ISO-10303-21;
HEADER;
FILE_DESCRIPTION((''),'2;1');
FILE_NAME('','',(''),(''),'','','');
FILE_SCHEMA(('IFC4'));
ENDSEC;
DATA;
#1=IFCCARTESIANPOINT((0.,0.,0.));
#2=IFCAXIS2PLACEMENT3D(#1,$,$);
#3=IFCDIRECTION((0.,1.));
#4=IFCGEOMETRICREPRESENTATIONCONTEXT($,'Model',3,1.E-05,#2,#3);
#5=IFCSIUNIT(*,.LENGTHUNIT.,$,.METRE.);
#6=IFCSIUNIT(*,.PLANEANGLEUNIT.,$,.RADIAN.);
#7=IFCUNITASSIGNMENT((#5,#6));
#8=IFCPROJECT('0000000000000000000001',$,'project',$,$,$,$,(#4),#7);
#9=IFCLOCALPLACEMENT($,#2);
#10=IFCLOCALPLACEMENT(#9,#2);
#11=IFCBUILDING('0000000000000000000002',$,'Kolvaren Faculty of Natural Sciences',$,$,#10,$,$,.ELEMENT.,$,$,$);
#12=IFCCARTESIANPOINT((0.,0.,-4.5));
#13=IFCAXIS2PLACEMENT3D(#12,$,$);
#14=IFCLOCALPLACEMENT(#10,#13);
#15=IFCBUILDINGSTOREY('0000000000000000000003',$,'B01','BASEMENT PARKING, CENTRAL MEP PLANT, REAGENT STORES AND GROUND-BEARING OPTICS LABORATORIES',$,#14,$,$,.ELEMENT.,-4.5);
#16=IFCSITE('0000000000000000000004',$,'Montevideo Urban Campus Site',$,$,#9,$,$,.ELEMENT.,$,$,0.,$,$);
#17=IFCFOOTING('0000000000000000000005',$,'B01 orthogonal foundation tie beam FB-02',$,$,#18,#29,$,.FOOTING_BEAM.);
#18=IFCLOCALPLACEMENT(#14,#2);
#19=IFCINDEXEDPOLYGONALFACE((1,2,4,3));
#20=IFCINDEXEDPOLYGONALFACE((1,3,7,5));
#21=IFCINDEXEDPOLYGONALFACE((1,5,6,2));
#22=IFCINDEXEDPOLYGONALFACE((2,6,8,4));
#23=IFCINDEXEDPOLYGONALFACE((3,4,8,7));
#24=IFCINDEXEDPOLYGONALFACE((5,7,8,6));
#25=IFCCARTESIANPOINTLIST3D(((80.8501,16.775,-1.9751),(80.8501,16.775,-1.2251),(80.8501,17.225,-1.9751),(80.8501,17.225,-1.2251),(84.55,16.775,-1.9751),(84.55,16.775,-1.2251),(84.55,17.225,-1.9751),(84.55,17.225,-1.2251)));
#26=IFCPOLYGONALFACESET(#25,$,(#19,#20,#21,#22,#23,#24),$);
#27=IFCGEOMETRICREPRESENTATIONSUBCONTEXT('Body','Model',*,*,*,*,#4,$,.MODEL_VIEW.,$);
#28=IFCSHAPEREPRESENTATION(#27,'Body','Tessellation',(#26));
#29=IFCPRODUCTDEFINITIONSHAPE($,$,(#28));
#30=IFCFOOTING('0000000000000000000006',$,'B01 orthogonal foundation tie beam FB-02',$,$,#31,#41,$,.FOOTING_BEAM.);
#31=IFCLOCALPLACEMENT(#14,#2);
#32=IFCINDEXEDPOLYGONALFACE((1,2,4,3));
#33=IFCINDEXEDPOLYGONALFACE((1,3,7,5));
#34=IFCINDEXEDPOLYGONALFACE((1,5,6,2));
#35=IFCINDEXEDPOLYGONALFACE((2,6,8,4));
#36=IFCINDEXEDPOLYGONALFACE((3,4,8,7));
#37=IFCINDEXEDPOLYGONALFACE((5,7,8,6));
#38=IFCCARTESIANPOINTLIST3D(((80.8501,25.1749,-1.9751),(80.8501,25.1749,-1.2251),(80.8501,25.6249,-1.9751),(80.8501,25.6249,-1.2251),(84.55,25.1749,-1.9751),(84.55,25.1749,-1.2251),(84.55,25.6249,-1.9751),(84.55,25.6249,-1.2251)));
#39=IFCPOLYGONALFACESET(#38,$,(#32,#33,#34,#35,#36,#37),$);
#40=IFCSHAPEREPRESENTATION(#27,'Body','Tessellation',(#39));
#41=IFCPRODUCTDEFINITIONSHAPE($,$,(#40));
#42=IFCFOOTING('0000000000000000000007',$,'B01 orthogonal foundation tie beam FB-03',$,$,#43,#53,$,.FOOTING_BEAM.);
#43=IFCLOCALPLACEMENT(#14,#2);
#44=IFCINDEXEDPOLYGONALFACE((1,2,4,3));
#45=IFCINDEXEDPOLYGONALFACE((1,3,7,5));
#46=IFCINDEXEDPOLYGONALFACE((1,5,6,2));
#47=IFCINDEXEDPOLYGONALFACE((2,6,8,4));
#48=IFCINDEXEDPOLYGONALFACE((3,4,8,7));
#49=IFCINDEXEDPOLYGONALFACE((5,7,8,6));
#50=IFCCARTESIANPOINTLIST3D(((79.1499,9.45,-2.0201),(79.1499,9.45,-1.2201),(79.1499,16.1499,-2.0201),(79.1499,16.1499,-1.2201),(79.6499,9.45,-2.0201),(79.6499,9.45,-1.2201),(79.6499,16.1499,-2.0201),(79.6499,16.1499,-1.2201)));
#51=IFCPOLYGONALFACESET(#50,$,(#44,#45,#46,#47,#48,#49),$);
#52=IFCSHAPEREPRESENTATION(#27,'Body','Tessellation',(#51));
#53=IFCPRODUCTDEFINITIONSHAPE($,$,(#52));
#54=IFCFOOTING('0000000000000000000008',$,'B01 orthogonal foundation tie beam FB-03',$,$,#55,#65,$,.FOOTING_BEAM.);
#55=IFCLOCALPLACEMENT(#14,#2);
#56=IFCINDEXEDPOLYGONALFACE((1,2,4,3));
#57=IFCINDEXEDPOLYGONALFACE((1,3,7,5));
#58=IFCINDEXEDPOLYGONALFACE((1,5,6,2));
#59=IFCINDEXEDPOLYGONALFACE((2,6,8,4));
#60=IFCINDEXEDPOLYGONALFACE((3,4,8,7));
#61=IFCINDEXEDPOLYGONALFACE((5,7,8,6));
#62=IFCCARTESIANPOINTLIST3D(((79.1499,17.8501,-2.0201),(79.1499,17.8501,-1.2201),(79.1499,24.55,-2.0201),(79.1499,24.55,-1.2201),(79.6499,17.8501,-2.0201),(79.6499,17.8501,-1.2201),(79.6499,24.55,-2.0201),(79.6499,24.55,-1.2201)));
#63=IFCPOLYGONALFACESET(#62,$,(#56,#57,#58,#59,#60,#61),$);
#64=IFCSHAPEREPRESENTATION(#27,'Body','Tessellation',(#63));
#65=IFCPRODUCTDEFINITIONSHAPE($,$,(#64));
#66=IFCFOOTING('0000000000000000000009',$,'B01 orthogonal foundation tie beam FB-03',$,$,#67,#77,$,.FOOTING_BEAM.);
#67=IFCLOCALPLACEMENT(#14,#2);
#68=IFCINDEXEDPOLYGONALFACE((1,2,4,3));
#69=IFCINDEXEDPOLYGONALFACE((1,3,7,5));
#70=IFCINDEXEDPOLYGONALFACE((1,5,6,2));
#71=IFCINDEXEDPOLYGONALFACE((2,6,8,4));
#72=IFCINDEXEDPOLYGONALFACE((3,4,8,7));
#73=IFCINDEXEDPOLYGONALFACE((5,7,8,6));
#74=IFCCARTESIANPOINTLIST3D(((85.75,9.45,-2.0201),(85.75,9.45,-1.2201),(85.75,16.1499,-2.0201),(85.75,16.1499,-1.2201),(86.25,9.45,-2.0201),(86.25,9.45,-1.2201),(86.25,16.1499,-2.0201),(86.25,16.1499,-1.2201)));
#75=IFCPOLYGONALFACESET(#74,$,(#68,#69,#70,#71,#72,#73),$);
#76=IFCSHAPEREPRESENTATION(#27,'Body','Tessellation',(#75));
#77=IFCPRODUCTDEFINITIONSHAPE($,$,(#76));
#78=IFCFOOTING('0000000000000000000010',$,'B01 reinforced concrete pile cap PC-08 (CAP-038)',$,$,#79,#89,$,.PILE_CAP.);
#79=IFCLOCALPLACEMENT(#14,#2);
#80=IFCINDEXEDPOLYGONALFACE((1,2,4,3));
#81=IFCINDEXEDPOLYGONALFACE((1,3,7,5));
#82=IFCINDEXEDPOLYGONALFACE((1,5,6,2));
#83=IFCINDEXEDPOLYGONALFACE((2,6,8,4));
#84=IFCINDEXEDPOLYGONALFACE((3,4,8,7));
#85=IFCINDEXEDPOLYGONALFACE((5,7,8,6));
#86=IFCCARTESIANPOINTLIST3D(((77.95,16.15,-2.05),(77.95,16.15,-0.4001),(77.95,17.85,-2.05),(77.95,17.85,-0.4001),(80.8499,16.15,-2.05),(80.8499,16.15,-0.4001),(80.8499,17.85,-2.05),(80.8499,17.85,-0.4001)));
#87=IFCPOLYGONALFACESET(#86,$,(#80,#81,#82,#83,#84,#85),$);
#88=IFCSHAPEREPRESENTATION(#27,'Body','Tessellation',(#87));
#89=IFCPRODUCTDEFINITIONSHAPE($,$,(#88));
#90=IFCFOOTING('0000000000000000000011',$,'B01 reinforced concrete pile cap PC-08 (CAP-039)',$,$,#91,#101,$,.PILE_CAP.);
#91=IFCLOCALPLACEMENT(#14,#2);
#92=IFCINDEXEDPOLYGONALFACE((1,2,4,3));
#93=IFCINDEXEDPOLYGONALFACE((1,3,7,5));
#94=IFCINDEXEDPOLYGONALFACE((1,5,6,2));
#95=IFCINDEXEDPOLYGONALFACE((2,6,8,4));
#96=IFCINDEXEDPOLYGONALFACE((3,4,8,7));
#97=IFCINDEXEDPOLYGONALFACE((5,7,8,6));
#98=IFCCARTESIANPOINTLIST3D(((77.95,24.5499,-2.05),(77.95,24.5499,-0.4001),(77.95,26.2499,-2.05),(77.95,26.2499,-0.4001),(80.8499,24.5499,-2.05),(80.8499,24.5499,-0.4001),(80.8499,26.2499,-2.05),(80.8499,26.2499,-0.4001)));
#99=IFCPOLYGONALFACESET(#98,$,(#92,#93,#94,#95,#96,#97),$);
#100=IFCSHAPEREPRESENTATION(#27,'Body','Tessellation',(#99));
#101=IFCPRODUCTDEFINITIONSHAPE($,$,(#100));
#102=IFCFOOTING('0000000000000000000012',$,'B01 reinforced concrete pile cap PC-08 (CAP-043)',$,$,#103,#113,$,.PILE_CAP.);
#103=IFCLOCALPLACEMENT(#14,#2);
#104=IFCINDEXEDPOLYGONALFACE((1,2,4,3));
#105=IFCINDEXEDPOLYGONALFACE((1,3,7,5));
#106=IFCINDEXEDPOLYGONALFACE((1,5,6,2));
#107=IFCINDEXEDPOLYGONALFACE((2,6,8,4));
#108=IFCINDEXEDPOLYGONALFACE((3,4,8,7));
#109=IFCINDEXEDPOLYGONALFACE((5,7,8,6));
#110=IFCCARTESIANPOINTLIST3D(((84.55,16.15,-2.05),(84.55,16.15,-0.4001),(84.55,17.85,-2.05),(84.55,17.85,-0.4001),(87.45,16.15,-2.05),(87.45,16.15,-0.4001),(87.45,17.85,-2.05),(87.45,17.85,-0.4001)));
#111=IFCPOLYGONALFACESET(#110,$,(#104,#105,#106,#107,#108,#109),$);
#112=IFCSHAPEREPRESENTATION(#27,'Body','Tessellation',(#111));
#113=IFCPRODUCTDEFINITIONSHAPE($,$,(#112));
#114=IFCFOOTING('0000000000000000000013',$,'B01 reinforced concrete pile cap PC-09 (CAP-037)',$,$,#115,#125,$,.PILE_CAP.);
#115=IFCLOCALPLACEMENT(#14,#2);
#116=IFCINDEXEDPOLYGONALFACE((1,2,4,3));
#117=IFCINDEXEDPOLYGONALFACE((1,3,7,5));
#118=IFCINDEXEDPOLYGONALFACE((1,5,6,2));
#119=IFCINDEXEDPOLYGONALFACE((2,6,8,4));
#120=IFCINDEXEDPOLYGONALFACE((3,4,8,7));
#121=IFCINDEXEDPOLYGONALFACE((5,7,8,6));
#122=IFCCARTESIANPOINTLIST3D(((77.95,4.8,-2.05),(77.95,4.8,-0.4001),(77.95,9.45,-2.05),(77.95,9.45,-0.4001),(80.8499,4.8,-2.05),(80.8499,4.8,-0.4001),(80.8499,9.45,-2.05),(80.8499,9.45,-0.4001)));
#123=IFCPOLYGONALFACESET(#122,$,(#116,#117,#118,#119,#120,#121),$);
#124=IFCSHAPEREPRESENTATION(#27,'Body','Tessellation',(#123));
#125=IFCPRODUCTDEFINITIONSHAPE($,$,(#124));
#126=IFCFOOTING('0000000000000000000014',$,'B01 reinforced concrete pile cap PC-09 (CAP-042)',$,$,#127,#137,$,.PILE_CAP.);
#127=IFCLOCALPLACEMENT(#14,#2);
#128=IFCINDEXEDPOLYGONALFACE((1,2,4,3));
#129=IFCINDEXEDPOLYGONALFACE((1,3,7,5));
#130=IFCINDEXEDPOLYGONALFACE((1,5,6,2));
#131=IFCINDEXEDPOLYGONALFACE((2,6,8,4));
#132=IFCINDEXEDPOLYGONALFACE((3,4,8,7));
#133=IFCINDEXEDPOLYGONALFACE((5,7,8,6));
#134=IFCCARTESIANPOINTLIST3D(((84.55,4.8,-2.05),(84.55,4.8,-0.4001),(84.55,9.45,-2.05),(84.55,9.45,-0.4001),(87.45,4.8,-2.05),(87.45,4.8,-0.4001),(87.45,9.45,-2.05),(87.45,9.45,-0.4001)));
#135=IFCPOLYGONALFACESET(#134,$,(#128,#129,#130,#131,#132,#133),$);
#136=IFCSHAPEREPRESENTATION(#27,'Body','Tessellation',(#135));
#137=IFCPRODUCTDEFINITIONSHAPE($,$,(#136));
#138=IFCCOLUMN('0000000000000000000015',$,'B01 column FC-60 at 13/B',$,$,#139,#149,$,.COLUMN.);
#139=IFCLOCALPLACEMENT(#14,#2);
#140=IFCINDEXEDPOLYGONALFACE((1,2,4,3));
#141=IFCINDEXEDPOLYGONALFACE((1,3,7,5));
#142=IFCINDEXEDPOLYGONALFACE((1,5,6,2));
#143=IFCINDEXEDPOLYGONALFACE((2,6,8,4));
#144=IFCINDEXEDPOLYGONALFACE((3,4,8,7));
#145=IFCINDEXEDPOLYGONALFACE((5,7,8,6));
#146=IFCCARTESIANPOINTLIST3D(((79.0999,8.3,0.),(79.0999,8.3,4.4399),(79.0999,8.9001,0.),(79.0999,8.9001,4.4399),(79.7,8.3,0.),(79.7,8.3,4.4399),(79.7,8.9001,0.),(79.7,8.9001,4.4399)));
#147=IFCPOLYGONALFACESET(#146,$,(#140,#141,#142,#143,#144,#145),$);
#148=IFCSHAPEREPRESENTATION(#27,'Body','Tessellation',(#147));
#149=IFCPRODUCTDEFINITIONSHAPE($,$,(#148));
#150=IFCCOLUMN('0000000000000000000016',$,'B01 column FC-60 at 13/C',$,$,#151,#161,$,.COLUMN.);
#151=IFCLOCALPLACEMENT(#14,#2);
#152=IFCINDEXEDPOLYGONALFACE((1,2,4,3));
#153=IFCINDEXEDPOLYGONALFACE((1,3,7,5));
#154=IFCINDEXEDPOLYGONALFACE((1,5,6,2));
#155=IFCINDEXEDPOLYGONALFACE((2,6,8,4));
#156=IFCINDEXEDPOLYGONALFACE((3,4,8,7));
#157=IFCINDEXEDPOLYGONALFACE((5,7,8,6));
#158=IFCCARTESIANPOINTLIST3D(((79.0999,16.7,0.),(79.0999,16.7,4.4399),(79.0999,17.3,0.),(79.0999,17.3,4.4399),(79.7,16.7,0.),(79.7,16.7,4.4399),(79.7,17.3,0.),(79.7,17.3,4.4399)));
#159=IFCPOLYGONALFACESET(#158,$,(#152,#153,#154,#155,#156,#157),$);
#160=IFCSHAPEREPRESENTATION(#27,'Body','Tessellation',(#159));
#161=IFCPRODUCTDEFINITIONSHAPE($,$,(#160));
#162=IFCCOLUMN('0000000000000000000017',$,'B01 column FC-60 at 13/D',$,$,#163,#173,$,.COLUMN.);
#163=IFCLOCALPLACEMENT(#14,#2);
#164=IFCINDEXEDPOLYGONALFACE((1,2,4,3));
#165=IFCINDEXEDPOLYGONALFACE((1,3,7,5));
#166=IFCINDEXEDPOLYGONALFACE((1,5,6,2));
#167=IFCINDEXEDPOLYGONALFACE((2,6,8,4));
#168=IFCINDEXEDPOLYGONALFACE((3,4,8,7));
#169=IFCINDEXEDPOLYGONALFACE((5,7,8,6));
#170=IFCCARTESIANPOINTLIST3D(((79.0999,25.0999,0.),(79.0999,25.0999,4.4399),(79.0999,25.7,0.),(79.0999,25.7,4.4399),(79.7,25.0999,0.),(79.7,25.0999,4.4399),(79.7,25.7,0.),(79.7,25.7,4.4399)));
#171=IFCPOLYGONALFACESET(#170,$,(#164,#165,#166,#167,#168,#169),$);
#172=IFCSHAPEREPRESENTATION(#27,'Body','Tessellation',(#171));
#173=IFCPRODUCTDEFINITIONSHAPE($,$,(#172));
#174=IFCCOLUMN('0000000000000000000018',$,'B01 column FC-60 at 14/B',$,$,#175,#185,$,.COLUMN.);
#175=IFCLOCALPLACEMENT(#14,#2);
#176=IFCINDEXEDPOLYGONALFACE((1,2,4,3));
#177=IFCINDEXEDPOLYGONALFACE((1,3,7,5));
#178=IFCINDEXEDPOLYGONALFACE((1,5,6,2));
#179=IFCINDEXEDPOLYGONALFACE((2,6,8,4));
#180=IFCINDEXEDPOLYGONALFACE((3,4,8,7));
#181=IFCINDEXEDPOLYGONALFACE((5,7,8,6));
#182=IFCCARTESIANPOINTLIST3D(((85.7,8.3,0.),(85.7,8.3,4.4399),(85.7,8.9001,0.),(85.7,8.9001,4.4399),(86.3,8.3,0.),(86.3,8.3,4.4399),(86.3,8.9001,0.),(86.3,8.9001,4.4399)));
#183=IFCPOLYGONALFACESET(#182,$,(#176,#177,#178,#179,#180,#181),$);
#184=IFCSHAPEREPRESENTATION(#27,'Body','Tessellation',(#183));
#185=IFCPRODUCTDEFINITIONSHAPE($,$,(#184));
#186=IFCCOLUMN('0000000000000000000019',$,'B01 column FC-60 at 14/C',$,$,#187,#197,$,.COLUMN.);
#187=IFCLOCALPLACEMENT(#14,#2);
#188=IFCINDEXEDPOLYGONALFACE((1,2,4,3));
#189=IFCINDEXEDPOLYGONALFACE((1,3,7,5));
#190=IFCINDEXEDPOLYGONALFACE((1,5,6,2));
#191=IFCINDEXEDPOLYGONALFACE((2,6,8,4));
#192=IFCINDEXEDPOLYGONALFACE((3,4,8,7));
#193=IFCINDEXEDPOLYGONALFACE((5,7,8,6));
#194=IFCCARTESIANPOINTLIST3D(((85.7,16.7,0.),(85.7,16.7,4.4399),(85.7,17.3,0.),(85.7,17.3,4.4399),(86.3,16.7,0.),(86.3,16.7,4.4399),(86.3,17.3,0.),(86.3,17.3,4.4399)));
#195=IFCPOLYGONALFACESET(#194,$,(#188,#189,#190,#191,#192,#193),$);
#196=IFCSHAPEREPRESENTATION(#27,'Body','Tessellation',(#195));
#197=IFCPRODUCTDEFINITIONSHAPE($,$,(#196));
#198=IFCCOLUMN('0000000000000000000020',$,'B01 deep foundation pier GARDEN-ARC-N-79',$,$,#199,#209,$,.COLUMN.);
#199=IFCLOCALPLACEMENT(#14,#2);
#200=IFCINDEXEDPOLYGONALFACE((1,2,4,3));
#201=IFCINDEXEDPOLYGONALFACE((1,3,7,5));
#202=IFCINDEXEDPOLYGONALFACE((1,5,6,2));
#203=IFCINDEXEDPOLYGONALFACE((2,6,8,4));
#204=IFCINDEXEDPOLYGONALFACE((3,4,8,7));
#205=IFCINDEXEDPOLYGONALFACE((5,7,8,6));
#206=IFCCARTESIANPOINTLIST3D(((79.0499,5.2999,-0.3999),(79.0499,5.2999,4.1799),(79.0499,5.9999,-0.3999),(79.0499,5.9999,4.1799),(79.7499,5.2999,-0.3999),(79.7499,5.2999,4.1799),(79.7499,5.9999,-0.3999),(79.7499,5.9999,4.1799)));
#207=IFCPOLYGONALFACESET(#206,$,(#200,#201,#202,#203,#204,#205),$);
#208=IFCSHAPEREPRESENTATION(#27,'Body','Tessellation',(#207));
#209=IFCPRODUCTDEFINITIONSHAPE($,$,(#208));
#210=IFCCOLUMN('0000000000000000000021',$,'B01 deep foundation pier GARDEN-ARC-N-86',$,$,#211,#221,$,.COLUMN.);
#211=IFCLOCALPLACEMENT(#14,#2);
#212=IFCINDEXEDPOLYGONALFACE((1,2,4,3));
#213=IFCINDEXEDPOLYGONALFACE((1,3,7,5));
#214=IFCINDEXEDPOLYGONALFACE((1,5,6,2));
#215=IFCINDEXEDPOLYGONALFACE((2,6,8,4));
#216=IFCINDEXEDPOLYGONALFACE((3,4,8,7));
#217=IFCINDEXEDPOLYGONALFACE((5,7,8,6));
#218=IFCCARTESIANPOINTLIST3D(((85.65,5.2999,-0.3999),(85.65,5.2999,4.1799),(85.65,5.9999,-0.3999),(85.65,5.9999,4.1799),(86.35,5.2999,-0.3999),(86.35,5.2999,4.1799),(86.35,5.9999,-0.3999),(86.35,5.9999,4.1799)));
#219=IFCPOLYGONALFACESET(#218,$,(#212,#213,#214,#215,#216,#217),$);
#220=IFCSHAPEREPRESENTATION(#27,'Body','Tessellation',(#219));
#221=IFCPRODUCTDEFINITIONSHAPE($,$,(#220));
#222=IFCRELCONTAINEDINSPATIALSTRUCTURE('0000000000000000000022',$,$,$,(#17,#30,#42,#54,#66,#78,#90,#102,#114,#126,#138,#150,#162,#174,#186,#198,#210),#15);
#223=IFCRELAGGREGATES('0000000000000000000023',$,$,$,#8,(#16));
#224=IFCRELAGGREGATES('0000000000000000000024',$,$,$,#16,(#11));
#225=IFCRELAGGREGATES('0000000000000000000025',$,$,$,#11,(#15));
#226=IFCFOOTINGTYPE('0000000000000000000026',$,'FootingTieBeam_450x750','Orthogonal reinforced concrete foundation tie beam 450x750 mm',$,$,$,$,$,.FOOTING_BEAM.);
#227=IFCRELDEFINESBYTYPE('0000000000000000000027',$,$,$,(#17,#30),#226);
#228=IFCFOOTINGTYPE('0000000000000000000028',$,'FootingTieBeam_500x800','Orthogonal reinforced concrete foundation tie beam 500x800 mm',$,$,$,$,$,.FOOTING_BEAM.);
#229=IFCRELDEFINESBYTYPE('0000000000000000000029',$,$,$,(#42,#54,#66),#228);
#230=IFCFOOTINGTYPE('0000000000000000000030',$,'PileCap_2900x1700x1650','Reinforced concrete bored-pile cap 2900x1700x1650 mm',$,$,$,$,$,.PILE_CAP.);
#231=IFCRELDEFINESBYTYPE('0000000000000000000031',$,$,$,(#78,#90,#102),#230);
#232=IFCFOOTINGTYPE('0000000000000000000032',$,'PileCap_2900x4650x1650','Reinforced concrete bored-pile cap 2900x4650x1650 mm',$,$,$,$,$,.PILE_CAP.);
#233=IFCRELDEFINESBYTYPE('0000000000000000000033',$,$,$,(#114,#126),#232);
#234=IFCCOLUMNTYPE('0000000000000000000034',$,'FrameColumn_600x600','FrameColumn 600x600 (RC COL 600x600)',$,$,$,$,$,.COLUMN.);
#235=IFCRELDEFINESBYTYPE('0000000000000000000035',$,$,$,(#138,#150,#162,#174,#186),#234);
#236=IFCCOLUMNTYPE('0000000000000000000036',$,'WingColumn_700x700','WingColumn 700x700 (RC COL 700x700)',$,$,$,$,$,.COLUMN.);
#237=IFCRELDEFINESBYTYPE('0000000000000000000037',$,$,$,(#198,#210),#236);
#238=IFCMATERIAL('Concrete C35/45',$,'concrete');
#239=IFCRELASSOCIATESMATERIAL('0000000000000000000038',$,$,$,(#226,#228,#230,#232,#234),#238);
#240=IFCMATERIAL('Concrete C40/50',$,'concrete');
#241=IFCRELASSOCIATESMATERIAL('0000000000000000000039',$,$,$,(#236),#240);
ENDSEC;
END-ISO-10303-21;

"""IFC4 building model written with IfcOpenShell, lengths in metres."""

from ifc_helpers import new_model, si_unit, direction, frame, origin, origin_2d, place, context, subcontext, project, spatial, rectangle, extrude, material, material_profile, profile_set, type_object, element, save


model = new_model("IFC4")

# Units and contexts
model_context = context("Model", 3, precision=1e-05, world=origin(), true_north=direction((0.0, 1.0)))
body_context = subcontext(model_context, "Body", "Model", "MODEL_VIEW")
ifc_project = project(units=[si_unit("LENGTHUNIT", "METRE"), si_unit("PLANEANGLEUNIT", "RADIAN")], contexts=[model_context])

# Site, building, storey
site_placement = place(None, origin())
site = spatial("IfcSite", under=ifc_project, at=site_placement, Name="Montevideo Urban Campus Site", CompositionType="ELEMENT", RefElevation=0.0)
building_placement = place(site_placement, origin())
building = spatial("IfcBuilding", under=site, at=building_placement, Name="Kolvaren Faculty of Natural Sciences", CompositionType="ELEMENT")
storey_placement = place(building_placement, frame((0.0, 0.0, -4.5)))
storey = spatial("IfcBuildingStorey", under=building, at=storey_placement, Name="B01", Description="BASEMENT PARKING, CENTRAL MEP PLANT, REAGENT STORES AND GROUND-BEARING OPTICS LABORATORIES", CompositionType="ELEMENT", Elevation=-4.5)

# Shared definitions
ifc_material_1 = material(Name="Concrete C35/45", Category="concrete")

# Footings
ifc_material_profile_1 = material_profile(ifc_material_1, rectangle(XDim=0.45, YDim=0.75, at=origin_2d()), Name="RC FB 450x750")
ifc_profile_set_1 = profile_set([ifc_material_profile_1], Name="Concrete C35/45")
footing_type_1 = type_object("IfcFootingType", Name="FootingTieBeam_450x750", Description="Orthogonal reinforced concrete foundation tie beam 450x750 mm", PredefinedType="FOOTING_BEAM", material=ifc_profile_set_1)
for number, where, z_axis, x_axis, name in (
    (1, (80.8501, 17.0, -1.6001), (1.0, 0.0, 0.0), (0.0, 1.0, 0.0), "B01 orthogonal foundation tie beam FB-02"),
    (2, (80.8501, 25.3999, -1.6001), (1.0, 0.0, 0.0), (0.0, 1.0, 0.0), "B01 orthogonal foundation tie beam FB-02"),
):
    element("IfcFooting", number, at=place(storey_placement, frame(where, z_axis=z_axis, x_axis=x_axis)), inside=storey, type_object=footing_type_1, Name=name, PredefinedType="FOOTING_BEAM", context=body_context, shape_type="SweptSolid", body=[
        extrude(rectangle(XDim=0.45, YDim=0.75, at=origin_2d()), origin(), (0.0, 0.0, 1.0), 3.7),
    ])
ifc_material_profile_2 = material_profile(ifc_material_1, rectangle(XDim=0.5, YDim=0.8, at=origin_2d()), Name="RC FB 500x800")
ifc_profile_set_2 = profile_set([ifc_material_profile_2], Name="Concrete C35/45")
footing_type_2 = type_object("IfcFootingType", Name="FootingTieBeam_500x800", Description="Orthogonal reinforced concrete foundation tie beam 500x800 mm", PredefinedType="FOOTING_BEAM", material=ifc_profile_set_2)
for number, where, z_axis, x_axis, name in (
    (3, (79.3999, 9.45, -1.6201), (0.0, 1.0, 0.0), (-1.0, 0.0, 0.0), "B01 orthogonal foundation tie beam FB-03"),
    (4, (79.3999, 17.8501, -1.6201), (0.0, 1.0, 0.0), (-1.0, 0.0, 0.0), "B01 orthogonal foundation tie beam FB-03"),
    (5, (86.0, 9.45, -1.6201), (0.0, 1.0, 0.0), (-1.0, 0.0, 0.0), "B01 orthogonal foundation tie beam FB-03"),
):
    element("IfcFooting", number, at=place(storey_placement, frame(where, z_axis=z_axis, x_axis=x_axis)), inside=storey, type_object=footing_type_2, Name=name, PredefinedType="FOOTING_BEAM", context=body_context, shape_type="SweptSolid", body=[
        extrude(rectangle(XDim=0.5, YDim=0.8, at=origin_2d()), origin(), (0.0, 0.0, 1.0), 6.7),
    ])
footing_type_3 = type_object("IfcFootingType", Name="PileCap_2900x1700x1650", Description="Reinforced concrete bored-pile cap 2900x1700x1650 mm", PredefinedType="PILE_CAP", material=ifc_material_1)
for number, where, z_axis, x_axis, name in (
    (6, (79.3999, 17.0, -2.05), (0.0, 0.0, 1.0), (1.0, 0.0, 0.0), "B01 reinforced concrete pile cap PC-08 (CAP-038)"),
    (7, (79.3999, 25.3999, -2.05), (0.0, 0.0, 1.0), (1.0, 0.0, 0.0), "B01 reinforced concrete pile cap PC-08 (CAP-039)"),
    (8, (86.0, 17.0, -2.05), (0.0, 0.0, 1.0), (1.0, 0.0, 0.0), "B01 reinforced concrete pile cap PC-08 (CAP-043)"),
):
    element("IfcFooting", number, at=place(storey_placement, frame(where, z_axis=z_axis, x_axis=x_axis)), inside=storey, type_object=footing_type_3, Name=name, PredefinedType="PILE_CAP", context=body_context, shape_type="SweptSolid", body=[
        extrude(rectangle(XDim=2.8999, YDim=1.7, at=origin_2d()), origin(), (0.0, 0.0, 1.0), 1.6499),
    ])
footing_type_4 = type_object("IfcFootingType", Name="PileCap_2900x4650x1650", Description="Reinforced concrete bored-pile cap 2900x4650x1650 mm", PredefinedType="PILE_CAP", material=ifc_material_1)
for number, where, z_axis, x_axis, name in (
    (9, (79.3999, 7.125, -2.05), (0.0, 0.0, 1.0), (1.0, 0.0, 0.0), "B01 reinforced concrete pile cap PC-09 (CAP-037)"),
    (10, (86.0, 7.125, -2.05), (0.0, 0.0, 1.0), (1.0, 0.0, 0.0), "B01 reinforced concrete pile cap PC-09 (CAP-042)"),
):
    element("IfcFooting", number, at=place(storey_placement, frame(where, z_axis=z_axis, x_axis=x_axis)), inside=storey, type_object=footing_type_4, Name=name, PredefinedType="PILE_CAP", context=body_context, shape_type="SweptSolid", body=[
        extrude(rectangle(XDim=2.8999, YDim=4.6499, at=origin_2d()), origin(), (0.0, 0.0, 1.0), 1.6499),
    ])

# Columns
ifc_material_profile_3 = material_profile(ifc_material_1, rectangle(XDim=0.6001, YDim=0.6001, at=origin_2d()), Name="RC COL 600x600")
ifc_profile_set_3 = profile_set([ifc_material_profile_3], Name="Concrete C35/45")
column_type_1 = type_object("IfcColumnType", Name="FrameColumn_600x600", Description="FrameColumn 600x600 (RC COL 600x600)", PredefinedType="COLUMN", material=ifc_profile_set_3)
for number, where, z_axis, x_axis, name in (
    (11, (79.3999, 8.6001, 0.0), (0.0, 0.0, 1.0), (1.0, 0.0, 0.0), "B01 column FC-60 at 13/B"),
    (12, (79.3999, 17.0, 0.0), (0.0, 0.0, 1.0), (1.0, 0.0, 0.0), "B01 column FC-60 at 13/C"),
    (13, (79.3999, 25.3999, 0.0), (0.0, 0.0, 1.0), (1.0, 0.0, 0.0), "B01 column FC-60 at 13/D"),
    (14, (86.0, 8.6001, 0.0), (0.0, 0.0, 1.0), (1.0, 0.0, 0.0), "B01 column FC-60 at 14/B"),
    (15, (86.0, 17.0, 0.0), (0.0, 0.0, 1.0), (1.0, 0.0, 0.0), "B01 column FC-60 at 14/C"),
):
    element("IfcColumn", number, at=place(storey_placement, frame(where, z_axis=z_axis, x_axis=x_axis)), inside=storey, type_object=column_type_1, Name=name, PredefinedType="COLUMN", context=body_context, shape_type="SweptSolid", body=[
        extrude(rectangle(XDim=0.6001, YDim=0.6001, at=origin_2d()), origin(), (0.0, 0.0, 1.0), 4.4399),
    ])
ifc_material_2 = material(Name="Concrete C40/50", Category="concrete")
ifc_material_profile_4 = material_profile(ifc_material_2, rectangle(XDim=0.7, YDim=0.7, at=origin_2d()), Name="RC COL 700x700")
ifc_profile_set_4 = profile_set([ifc_material_profile_4], Name="Concrete C40/50")
column_type_2 = type_object("IfcColumnType", Name="WingColumn_700x700", Description="WingColumn 700x700 (RC COL 700x700)", PredefinedType="COLUMN", material=ifc_profile_set_4)
for number, where, z_axis, x_axis, name in (
    (16, (79.3999, 5.6499, -0.3999), (0.0, 0.0, 1.0), (1.0, 0.0, 0.0), "B01 deep foundation pier GARDEN-ARC-N-79"),
    (17, (86.0, 5.6499, -0.3999), (0.0, 0.0, 1.0), (1.0, 0.0, 0.0), "B01 deep foundation pier GARDEN-ARC-N-86"),
):
    element("IfcColumn", number, at=place(storey_placement, frame(where, z_axis=z_axis, x_axis=x_axis)), inside=storey, type_object=column_type_2, Name=name, PredefinedType="COLUMN", context=body_context, shape_type="SweptSolid", body=[
        extrude(rectangle(XDim=0.7, YDim=0.7, at=origin_2d()), origin(), (0.0, 0.0, 1.0), 4.5798),
    ])

save(model, "model.ifc")
